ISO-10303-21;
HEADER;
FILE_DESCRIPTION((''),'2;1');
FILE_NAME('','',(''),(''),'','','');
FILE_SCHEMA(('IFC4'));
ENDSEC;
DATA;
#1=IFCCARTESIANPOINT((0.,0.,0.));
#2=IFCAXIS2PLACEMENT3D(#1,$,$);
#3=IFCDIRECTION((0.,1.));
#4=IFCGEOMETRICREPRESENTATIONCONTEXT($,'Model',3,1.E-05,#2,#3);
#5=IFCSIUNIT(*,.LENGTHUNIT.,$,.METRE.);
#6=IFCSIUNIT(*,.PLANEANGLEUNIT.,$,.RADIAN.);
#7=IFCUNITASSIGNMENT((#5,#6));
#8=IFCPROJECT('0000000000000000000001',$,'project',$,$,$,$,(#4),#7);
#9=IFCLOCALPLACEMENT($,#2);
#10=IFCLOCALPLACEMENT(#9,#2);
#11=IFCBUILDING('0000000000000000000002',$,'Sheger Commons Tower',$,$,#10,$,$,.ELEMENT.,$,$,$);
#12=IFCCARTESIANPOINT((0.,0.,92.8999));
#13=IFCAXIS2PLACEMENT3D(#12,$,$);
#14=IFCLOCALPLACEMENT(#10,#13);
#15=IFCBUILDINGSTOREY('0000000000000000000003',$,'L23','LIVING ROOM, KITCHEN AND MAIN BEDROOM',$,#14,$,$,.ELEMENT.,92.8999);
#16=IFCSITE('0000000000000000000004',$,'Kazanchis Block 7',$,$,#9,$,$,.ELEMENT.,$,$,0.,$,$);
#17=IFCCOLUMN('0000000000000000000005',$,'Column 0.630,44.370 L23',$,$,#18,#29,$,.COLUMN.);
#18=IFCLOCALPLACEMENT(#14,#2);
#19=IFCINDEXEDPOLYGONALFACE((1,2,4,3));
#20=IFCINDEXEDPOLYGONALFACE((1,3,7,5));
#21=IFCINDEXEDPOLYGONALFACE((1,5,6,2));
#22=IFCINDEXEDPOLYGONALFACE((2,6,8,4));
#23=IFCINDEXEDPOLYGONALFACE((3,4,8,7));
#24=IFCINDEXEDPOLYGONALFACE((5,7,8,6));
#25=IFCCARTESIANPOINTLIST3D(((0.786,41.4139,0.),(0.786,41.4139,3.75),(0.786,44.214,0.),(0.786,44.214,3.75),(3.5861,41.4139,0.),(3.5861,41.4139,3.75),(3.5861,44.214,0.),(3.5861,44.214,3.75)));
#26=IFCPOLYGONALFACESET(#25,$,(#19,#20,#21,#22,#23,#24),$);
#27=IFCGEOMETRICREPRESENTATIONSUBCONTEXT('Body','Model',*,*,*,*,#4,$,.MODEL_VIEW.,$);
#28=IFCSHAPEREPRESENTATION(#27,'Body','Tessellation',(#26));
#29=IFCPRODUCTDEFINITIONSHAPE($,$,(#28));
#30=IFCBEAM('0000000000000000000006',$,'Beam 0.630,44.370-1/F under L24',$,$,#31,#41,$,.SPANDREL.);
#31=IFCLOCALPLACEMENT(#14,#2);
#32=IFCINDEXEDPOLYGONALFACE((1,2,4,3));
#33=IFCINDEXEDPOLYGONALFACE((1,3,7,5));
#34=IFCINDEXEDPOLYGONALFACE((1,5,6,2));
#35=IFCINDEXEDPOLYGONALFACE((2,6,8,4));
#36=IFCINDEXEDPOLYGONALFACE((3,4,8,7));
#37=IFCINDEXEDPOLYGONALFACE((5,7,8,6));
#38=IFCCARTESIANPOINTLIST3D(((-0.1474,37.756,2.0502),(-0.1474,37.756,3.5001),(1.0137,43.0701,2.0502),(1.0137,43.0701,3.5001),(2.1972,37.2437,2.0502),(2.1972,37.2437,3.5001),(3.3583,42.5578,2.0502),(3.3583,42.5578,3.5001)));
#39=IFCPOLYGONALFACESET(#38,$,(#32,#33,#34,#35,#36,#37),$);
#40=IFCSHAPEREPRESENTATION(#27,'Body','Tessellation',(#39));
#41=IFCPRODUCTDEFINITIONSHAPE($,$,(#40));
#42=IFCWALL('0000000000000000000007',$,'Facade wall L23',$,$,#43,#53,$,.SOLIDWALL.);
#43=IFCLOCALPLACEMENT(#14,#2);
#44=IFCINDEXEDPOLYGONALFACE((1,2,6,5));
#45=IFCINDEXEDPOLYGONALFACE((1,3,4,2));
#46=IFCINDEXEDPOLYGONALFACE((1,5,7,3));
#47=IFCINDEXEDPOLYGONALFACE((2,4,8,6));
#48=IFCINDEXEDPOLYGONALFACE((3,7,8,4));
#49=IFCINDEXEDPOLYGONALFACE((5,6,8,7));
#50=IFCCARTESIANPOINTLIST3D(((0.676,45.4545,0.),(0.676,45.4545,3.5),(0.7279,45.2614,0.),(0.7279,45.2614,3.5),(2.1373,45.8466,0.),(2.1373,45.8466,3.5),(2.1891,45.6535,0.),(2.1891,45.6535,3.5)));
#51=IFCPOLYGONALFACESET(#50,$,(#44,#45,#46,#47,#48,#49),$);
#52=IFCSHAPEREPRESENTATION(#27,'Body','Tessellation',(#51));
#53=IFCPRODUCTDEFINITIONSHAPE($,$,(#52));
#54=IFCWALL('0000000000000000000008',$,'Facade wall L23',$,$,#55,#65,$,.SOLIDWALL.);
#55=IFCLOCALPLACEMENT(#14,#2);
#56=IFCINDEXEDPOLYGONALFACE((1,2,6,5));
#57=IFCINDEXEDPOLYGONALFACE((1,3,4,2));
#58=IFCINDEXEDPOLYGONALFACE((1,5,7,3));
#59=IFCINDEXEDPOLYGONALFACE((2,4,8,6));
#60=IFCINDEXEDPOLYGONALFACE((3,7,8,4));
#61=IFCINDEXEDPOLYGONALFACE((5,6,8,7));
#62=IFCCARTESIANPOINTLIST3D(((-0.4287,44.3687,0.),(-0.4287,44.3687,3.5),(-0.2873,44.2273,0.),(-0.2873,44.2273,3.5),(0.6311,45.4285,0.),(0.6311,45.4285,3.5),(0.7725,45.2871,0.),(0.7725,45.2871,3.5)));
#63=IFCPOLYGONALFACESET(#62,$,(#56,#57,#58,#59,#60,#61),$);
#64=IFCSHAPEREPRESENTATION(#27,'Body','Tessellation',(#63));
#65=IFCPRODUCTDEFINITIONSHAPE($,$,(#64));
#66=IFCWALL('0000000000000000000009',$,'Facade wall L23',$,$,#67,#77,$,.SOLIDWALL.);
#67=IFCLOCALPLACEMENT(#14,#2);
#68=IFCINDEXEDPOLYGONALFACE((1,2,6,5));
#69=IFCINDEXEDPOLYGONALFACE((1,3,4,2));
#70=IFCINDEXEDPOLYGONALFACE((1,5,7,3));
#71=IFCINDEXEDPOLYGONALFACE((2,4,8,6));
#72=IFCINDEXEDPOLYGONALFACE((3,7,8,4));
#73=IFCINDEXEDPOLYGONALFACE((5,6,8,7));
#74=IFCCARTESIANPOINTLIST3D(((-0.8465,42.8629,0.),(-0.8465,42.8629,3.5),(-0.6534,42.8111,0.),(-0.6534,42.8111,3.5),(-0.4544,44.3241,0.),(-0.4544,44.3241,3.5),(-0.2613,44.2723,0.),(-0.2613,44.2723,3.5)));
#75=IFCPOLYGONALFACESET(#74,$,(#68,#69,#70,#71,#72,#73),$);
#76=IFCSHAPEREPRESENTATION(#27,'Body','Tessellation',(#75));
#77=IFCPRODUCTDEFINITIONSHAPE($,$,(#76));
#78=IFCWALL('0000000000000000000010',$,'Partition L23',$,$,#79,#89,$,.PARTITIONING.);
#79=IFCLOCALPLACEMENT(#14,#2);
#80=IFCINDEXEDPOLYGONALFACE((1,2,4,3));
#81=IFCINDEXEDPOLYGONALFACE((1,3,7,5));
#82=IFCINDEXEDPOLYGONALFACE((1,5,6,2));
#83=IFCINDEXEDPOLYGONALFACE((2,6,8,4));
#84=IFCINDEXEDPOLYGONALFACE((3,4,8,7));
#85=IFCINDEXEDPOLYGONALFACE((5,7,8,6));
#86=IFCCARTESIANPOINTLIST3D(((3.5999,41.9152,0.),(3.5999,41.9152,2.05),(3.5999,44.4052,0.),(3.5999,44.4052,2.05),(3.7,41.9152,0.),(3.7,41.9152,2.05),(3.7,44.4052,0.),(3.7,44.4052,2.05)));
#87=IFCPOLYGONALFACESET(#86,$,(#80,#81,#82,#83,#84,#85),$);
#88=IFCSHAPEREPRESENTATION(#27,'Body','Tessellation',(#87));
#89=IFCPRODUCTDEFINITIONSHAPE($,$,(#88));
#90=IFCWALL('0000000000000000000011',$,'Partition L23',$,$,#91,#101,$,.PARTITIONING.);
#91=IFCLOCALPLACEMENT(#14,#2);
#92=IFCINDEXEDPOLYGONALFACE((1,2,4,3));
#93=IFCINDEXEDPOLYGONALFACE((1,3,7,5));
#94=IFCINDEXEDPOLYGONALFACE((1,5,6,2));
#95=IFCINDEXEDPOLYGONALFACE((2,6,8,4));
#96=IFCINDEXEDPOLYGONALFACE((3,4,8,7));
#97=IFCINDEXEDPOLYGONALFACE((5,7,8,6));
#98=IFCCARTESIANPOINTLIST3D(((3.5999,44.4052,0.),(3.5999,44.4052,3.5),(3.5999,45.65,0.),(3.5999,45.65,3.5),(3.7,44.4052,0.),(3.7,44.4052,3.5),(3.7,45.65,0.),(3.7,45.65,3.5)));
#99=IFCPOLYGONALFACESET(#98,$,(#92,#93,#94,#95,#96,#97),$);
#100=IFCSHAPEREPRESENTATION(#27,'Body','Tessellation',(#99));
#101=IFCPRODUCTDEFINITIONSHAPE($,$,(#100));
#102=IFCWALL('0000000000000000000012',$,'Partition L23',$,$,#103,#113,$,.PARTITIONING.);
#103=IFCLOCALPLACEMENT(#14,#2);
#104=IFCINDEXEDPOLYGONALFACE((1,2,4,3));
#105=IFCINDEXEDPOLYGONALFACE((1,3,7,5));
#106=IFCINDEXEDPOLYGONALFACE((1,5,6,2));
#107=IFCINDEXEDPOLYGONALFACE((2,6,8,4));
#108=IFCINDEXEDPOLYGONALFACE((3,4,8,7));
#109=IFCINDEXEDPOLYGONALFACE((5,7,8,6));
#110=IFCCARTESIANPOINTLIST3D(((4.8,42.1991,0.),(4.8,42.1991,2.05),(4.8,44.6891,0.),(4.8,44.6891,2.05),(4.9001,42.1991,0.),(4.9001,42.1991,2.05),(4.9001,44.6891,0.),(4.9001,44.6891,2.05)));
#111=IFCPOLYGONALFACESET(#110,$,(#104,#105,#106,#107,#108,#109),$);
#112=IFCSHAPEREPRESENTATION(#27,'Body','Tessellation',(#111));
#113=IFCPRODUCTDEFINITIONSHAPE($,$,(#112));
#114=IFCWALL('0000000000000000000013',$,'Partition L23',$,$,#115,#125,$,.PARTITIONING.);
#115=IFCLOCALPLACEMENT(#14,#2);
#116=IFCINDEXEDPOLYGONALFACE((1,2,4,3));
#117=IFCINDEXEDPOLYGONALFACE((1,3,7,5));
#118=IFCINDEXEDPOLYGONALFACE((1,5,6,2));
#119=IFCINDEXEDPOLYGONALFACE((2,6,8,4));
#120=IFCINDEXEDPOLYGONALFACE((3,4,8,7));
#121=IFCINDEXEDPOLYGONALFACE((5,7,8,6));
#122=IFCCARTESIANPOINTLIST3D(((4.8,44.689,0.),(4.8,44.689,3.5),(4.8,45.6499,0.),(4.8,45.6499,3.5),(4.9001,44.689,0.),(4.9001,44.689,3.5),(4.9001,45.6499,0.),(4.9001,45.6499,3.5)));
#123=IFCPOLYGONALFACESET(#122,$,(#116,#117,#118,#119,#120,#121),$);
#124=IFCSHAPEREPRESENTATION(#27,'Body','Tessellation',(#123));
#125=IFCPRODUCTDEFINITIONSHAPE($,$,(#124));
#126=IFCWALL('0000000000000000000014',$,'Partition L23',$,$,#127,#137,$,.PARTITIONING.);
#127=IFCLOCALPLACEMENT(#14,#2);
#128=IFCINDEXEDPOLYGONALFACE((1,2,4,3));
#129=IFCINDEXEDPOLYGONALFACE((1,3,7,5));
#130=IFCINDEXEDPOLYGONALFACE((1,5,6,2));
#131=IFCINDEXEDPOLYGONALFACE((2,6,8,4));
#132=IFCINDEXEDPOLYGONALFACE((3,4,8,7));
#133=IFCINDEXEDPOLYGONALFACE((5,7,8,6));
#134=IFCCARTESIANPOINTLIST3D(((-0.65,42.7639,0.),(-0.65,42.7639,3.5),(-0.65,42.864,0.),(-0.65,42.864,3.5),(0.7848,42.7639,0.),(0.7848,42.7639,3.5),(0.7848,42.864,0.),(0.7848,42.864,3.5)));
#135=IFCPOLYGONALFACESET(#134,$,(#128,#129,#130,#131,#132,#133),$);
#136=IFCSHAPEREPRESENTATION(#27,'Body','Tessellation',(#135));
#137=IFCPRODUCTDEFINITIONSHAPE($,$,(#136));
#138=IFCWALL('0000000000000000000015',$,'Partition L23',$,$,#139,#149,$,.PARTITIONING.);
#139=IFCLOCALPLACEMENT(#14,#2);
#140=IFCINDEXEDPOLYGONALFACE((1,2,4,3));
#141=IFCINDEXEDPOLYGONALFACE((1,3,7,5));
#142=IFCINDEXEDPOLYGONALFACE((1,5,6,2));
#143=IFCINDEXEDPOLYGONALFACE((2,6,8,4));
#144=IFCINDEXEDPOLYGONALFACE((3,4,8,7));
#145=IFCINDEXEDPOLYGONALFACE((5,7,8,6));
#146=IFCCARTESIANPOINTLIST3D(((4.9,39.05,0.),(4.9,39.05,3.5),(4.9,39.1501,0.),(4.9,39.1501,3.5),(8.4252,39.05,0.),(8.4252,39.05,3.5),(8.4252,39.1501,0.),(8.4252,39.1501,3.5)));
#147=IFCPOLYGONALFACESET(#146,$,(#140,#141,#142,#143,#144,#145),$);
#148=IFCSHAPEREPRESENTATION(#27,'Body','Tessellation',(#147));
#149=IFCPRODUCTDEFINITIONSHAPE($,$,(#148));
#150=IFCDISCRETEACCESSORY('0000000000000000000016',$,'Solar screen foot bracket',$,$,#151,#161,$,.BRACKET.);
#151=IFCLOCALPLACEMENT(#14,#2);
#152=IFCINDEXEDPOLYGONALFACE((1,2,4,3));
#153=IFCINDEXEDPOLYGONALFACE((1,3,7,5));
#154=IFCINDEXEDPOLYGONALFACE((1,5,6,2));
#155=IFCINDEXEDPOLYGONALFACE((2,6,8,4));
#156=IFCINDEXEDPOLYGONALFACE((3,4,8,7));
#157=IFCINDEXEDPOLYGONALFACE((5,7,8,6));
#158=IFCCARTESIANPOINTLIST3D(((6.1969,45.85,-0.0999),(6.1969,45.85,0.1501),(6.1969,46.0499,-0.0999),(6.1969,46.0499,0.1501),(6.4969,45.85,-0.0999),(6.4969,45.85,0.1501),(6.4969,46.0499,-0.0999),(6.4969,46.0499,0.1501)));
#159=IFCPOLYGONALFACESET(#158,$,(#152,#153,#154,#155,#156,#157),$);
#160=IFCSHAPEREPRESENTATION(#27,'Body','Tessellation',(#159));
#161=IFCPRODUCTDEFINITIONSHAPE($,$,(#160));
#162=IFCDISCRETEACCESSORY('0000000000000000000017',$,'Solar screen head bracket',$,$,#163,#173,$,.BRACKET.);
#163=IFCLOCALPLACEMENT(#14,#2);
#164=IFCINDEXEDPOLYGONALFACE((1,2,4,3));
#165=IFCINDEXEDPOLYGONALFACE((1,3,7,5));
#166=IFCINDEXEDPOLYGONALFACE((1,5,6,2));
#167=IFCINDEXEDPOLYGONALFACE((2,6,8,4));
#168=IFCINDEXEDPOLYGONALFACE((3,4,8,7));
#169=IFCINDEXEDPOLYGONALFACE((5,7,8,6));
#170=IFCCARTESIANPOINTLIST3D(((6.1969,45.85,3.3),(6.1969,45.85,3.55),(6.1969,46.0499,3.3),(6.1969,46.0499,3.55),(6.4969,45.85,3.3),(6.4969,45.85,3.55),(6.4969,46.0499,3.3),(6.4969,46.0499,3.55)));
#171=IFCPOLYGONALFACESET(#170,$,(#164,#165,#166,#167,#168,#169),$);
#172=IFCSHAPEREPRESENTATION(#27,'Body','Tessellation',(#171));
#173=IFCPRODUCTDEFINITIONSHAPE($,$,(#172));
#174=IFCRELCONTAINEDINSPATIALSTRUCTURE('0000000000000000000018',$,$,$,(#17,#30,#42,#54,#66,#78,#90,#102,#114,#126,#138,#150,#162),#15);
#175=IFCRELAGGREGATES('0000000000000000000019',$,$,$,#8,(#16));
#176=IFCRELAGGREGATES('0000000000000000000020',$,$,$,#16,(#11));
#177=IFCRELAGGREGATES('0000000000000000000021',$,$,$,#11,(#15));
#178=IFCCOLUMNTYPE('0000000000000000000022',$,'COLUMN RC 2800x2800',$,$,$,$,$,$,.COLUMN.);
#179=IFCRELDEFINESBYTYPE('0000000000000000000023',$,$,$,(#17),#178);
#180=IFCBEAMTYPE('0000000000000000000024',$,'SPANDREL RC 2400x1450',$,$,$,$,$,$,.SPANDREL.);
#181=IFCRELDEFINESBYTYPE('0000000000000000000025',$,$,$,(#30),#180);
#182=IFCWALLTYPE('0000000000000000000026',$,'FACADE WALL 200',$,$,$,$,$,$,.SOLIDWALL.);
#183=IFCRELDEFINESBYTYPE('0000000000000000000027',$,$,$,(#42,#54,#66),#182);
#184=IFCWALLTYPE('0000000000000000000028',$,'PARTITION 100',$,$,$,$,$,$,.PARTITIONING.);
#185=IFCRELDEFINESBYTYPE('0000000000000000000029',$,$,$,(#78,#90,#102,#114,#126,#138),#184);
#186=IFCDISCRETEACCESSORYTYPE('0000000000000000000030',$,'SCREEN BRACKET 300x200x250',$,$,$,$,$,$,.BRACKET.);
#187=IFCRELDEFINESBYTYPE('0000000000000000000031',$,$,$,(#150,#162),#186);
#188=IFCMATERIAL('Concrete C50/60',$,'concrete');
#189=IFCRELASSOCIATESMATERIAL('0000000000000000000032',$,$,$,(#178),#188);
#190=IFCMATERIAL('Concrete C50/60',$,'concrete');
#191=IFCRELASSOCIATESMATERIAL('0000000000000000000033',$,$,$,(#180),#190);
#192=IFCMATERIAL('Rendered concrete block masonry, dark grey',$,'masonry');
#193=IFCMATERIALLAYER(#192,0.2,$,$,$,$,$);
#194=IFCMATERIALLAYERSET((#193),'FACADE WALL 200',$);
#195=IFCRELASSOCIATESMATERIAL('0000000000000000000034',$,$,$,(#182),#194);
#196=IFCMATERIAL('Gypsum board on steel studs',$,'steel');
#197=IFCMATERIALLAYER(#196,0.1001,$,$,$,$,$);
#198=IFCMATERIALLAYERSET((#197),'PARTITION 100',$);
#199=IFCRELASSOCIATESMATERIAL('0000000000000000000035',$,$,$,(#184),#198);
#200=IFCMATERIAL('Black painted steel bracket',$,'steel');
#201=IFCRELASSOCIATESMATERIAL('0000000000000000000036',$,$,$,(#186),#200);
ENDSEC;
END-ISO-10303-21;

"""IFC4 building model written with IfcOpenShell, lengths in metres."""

from ifc_helpers import new_model, si_unit, direction, frame, frame_2d, origin, origin_2d, place, context, subcontext, project, spatial, rectangle, extrude, material, layer, layer_set, material_profile, profile_set, type_object, element, save


model = new_model("IFC4")

# Units and contexts
model_context = context("Model", 3, precision=1e-05, world=origin(), true_north=direction((0.0, 1.0)))
body_context = subcontext(model_context, "Body", "Model", "MODEL_VIEW")
ifc_project = project(units=[si_unit("LENGTHUNIT", "METRE"), si_unit("PLANEANGLEUNIT", "RADIAN")], contexts=[model_context])

# Site, building, storey
site_placement = place(None, origin())
site = spatial("IfcSite", under=ifc_project, at=site_placement, Name="Kazanchis Block 7", CompositionType="ELEMENT", RefElevation=0.0)
building_placement = place(site_placement, origin())
building = spatial("IfcBuilding", under=site, at=building_placement, Name="Sheger Commons Tower", CompositionType="ELEMENT")
storey_placement = place(building_placement, frame((0.0, 0.0, 92.8999)))
storey = spatial("IfcBuildingStorey", under=building, at=storey_placement, Name="L23", Description="LIVING ROOM, KITCHEN AND MAIN BEDROOM", CompositionType="ELEMENT", Elevation=92.8999)

# Column
ifc_material_1 = material(Name="Concrete C50/60", Category="concrete")
ifc_material_profile_1 = material_profile(ifc_material_1, rectangle(XDim=2.8, YDim=2.8, at=origin_2d()), Name="RC 2800x2800")
ifc_profile_set_1 = profile_set([ifc_material_profile_1], Name="Concrete C50/60")
column_type = type_object("IfcColumnType", Name="COLUMN RC 2800x2800", PredefinedType="COLUMN", material=ifc_profile_set_1)
column_placement = place(storey_placement, frame((2.186, 42.814, 0.0), z_axis=(0.0, 0.0, 1.0), x_axis=(1.0, 0.0, 0.0)))
element("IfcColumn", 1, at=column_placement, inside=storey, type_object=column_type, Name="Column 0.630,44.370 L23", PredefinedType="COLUMN", context=body_context, shape_type="SweptSolid", body=[
    extrude(rectangle(XDim=2.8, YDim=2.8, at=origin_2d()), origin(), (0.0, 0.0, 1.0), 3.75),
])

# Beam
ifc_material_2 = material(Name="Concrete C50/60", Category="concrete")
ifc_material_profile_2 = material_profile(ifc_material_2, rectangle(XDim=2.3999, YDim=1.45, at=origin_2d()), Name="RC 2400x1450")
ifc_profile_set_2 = profile_set([ifc_material_profile_2], Name="Concrete C50/60")
beam_type = type_object("IfcBeamType", Name="SPANDREL RC 2400x1450", PredefinedType="SPANDREL", material=ifc_profile_set_2)
beam_placement = place(storey_placement, frame((2.186, 42.814, 2.7751), z_axis=(-0.213469, -0.97695, 0.0), x_axis=(0.97695, -0.213469, 0.0)))
element("IfcBeam", 2, at=beam_placement, inside=storey, type_object=beam_type, Name="Beam 0.630,44.370-1/F under L24", PredefinedType="SPANDREL", context=body_context, shape_type="SweptSolid", body=[
    extrude(rectangle(XDim=2.3999, YDim=1.45, at=origin_2d()), origin(), (0.0, 0.0, 1.0), 5.4395),
])

# Walls
ifc_material_3 = material(Name="Rendered concrete block masonry, dark grey", Category="masonry")
ifc_layer_1 = layer(ifc_material_3, 0.2)
ifc_layer_set_1 = layer_set([ifc_layer_1], Name="FACADE WALL 200")
wall_type_1 = type_object("IfcWallType", Name="FACADE WALL 200", PredefinedType="SOLIDWALL", material=ifc_layer_set_1)
wall_1_placement = place(storey_placement, frame((2.1631, 45.75, 0.0), z_axis=(0.0, 0.0, 1.0), x_axis=(-0.965832, -0.259169, 0.0)))
element("IfcWall", 3, at=wall_1_placement, inside=storey, type_object=wall_type_1, Name="Facade wall L23", PredefinedType="SOLIDWALL", context=body_context, shape_type="SweptSolid", body=[
    extrude(rectangle(XDim=1.5129, YDim=0.2, at=frame_2d((0.7563, 0.0))), origin(), (0.0, 0.0, 1.0), 3.5),
])
wall_2_placement = place(storey_placement, frame((0.7019, 45.3579, 0.0), z_axis=(0.0, 0.0, 1.0), x_axis=(-0.707107, -0.707107, 0.0)))
element("IfcWall", 4, at=wall_2_placement, inside=storey, type_object=wall_type_1, Name="Facade wall L23", PredefinedType="SOLIDWALL", context=body_context, shape_type="SweptSolid", body=[
    extrude(rectangle(XDim=1.4988, YDim=0.2, at=frame_2d((0.7495, 0.0))), origin(), (0.0, 0.0, 1.0), 3.5),
])
wall_3_placement = place(storey_placement, frame((-0.3579, 44.2981, 0.0), z_axis=(0.0, 0.0, 1.0), x_axis=(-0.259169, -0.965832, 0.0)))
element("IfcWall", 5, at=wall_3_placement, inside=storey, type_object=wall_type_1, Name="Facade wall L23", PredefinedType="SOLIDWALL", context=body_context, shape_type="SweptSolid", body=[
    extrude(rectangle(XDim=1.5129, YDim=0.2, at=frame_2d((0.7563, 0.0))), origin(), (0.0, 0.0, 1.0), 3.5),
])

# Walls
ifc_material_4 = material(Name="Gypsum board on steel studs", Category="steel")
ifc_layer_2 = layer(ifc_material_4, 0.1001)
ifc_layer_set_2 = layer_set([ifc_layer_2], Name="PARTITION 100")
wall_type_2 = type_object("IfcWallType", Name="PARTITION 100", PredefinedType="PARTITIONING", material=ifc_layer_set_2)
wall_4_placement = place(storey_placement, frame((3.6499, 41.915, 0.0), z_axis=(0.0, 0.0, 1.0), x_axis=(0.0, 1.0, 0.0)))
element("IfcWall", 6, at=wall_4_placement, inside=storey, type_object=wall_type_2, Name="Partition L23", PredefinedType="PARTITIONING", context=body_context, shape_type="SweptSolid", body=[
    extrude(rectangle(XDim=2.49, YDim=0.1001, at=frame_2d((1.2451, 0.0))), origin(), (0.0, 0.0, 1.0), 2.05),
])
wall_5_placement = place(storey_placement, frame((3.6499, 44.405, 0.0), z_axis=(0.0, 0.0, 1.0), x_axis=(0.0, 1.0, 0.0)))
element("IfcWall", 7, at=wall_5_placement, inside=storey, type_object=wall_type_2, Name="Partition L23", PredefinedType="PARTITIONING", context=body_context, shape_type="SweptSolid", body=[
    extrude(rectangle(XDim=1.2449, YDim=0.1001, at=frame_2d((0.6226, 0.0))), origin(), (0.0, 0.0, 1.0), 3.5),
])
wall_6_placement = place(storey_placement, frame((4.8501, 42.199, 0.0), z_axis=(0.0, 0.0, 1.0), x_axis=(0.0, 1.0, 0.0)))
element("IfcWall", 8, at=wall_6_placement, inside=storey, type_object=wall_type_2, Name="Partition L23", PredefinedType="PARTITIONING", context=body_context, shape_type="SweptSolid", body=[
    extrude(rectangle(XDim=2.49, YDim=0.1001, at=frame_2d((1.2451, 0.0))), origin(), (0.0, 0.0, 1.0), 2.05),
])
wall_7_placement = place(storey_placement, frame((4.8501, 44.689, 0.0), z_axis=(0.0, 0.0, 1.0), x_axis=(0.0, 1.0, 0.0)))
element("IfcWall", 9, at=wall_7_placement, inside=storey, type_object=wall_type_2, Name="Partition L23", PredefinedType="PARTITIONING", context=body_context, shape_type="SweptSolid", body=[
    extrude(rectangle(XDim=0.9609, YDim=0.1001, at=frame_2d((0.4805, 0.0))), origin(), (0.0, 0.0, 1.0), 3.5),
])
wall_8_placement = place(storey_placement, frame((-0.6499, 42.814, 0.0), z_axis=(0.0, 0.0, 1.0), x_axis=(1.0, 0.0, 0.0)))
element("IfcWall", 10, at=wall_8_placement, inside=storey, type_object=wall_type_2, Name="Partition L23", PredefinedType="PARTITIONING", context=body_context, shape_type="SweptSolid", body=[
    extrude(rectangle(XDim=1.4348, YDim=0.1001, at=frame_2d((0.7173, 0.0))), origin(), (0.0, 0.0, 1.0), 3.5),
])
wall_9_placement = place(storey_placement, frame((4.8999, 39.1001, 0.0), z_axis=(0.0, 0.0, 1.0), x_axis=(1.0, 0.0, 0.0)))
element("IfcWall", 11, at=wall_9_placement, inside=storey, type_object=wall_type_2, Name="Partition L23", PredefinedType="PARTITIONING", context=body_context, shape_type="SweptSolid", body=[
    extrude(rectangle(XDim=3.5251, YDim=0.1001, at=frame_2d((1.7627, 0.0))), origin(), (0.0, 0.0, 1.0), 3.5),
])

# Discrete accessories
ifc_material_5 = material(Name="Black painted steel bracket", Category="steel")
discrete_accessory_type = type_object("IfcDiscreteAccessoryType", Name="SCREEN BRACKET 300x200x250", PredefinedType="BRACKET", material=ifc_material_5)
for number, where, z_axis, x_axis, name in (
    (12, (6.3469, 45.95, -0.0999), (0.0, 0.0, 1.0), (-1.0, 0.0, 0.0), "Solar screen foot bracket"),
    (13, (6.3469, 45.95, 3.3), (0.0, 0.0, 1.0), (-1.0, 0.0, 0.0), "Solar screen head bracket"),
):
    element("IfcDiscreteAccessory", number, at=place(storey_placement, frame(where, z_axis=z_axis, x_axis=x_axis)), inside=storey, type_object=discrete_accessory_type, Name=name, PredefinedType="BRACKET", context=body_context, shape_type="SweptSolid", body=[
        extrude(rectangle(XDim=0.3, YDim=0.2, at=origin_2d()), origin(), (0.0, 0.0, 1.0), 0.25),
    ])

save(model, "model.ifc")
